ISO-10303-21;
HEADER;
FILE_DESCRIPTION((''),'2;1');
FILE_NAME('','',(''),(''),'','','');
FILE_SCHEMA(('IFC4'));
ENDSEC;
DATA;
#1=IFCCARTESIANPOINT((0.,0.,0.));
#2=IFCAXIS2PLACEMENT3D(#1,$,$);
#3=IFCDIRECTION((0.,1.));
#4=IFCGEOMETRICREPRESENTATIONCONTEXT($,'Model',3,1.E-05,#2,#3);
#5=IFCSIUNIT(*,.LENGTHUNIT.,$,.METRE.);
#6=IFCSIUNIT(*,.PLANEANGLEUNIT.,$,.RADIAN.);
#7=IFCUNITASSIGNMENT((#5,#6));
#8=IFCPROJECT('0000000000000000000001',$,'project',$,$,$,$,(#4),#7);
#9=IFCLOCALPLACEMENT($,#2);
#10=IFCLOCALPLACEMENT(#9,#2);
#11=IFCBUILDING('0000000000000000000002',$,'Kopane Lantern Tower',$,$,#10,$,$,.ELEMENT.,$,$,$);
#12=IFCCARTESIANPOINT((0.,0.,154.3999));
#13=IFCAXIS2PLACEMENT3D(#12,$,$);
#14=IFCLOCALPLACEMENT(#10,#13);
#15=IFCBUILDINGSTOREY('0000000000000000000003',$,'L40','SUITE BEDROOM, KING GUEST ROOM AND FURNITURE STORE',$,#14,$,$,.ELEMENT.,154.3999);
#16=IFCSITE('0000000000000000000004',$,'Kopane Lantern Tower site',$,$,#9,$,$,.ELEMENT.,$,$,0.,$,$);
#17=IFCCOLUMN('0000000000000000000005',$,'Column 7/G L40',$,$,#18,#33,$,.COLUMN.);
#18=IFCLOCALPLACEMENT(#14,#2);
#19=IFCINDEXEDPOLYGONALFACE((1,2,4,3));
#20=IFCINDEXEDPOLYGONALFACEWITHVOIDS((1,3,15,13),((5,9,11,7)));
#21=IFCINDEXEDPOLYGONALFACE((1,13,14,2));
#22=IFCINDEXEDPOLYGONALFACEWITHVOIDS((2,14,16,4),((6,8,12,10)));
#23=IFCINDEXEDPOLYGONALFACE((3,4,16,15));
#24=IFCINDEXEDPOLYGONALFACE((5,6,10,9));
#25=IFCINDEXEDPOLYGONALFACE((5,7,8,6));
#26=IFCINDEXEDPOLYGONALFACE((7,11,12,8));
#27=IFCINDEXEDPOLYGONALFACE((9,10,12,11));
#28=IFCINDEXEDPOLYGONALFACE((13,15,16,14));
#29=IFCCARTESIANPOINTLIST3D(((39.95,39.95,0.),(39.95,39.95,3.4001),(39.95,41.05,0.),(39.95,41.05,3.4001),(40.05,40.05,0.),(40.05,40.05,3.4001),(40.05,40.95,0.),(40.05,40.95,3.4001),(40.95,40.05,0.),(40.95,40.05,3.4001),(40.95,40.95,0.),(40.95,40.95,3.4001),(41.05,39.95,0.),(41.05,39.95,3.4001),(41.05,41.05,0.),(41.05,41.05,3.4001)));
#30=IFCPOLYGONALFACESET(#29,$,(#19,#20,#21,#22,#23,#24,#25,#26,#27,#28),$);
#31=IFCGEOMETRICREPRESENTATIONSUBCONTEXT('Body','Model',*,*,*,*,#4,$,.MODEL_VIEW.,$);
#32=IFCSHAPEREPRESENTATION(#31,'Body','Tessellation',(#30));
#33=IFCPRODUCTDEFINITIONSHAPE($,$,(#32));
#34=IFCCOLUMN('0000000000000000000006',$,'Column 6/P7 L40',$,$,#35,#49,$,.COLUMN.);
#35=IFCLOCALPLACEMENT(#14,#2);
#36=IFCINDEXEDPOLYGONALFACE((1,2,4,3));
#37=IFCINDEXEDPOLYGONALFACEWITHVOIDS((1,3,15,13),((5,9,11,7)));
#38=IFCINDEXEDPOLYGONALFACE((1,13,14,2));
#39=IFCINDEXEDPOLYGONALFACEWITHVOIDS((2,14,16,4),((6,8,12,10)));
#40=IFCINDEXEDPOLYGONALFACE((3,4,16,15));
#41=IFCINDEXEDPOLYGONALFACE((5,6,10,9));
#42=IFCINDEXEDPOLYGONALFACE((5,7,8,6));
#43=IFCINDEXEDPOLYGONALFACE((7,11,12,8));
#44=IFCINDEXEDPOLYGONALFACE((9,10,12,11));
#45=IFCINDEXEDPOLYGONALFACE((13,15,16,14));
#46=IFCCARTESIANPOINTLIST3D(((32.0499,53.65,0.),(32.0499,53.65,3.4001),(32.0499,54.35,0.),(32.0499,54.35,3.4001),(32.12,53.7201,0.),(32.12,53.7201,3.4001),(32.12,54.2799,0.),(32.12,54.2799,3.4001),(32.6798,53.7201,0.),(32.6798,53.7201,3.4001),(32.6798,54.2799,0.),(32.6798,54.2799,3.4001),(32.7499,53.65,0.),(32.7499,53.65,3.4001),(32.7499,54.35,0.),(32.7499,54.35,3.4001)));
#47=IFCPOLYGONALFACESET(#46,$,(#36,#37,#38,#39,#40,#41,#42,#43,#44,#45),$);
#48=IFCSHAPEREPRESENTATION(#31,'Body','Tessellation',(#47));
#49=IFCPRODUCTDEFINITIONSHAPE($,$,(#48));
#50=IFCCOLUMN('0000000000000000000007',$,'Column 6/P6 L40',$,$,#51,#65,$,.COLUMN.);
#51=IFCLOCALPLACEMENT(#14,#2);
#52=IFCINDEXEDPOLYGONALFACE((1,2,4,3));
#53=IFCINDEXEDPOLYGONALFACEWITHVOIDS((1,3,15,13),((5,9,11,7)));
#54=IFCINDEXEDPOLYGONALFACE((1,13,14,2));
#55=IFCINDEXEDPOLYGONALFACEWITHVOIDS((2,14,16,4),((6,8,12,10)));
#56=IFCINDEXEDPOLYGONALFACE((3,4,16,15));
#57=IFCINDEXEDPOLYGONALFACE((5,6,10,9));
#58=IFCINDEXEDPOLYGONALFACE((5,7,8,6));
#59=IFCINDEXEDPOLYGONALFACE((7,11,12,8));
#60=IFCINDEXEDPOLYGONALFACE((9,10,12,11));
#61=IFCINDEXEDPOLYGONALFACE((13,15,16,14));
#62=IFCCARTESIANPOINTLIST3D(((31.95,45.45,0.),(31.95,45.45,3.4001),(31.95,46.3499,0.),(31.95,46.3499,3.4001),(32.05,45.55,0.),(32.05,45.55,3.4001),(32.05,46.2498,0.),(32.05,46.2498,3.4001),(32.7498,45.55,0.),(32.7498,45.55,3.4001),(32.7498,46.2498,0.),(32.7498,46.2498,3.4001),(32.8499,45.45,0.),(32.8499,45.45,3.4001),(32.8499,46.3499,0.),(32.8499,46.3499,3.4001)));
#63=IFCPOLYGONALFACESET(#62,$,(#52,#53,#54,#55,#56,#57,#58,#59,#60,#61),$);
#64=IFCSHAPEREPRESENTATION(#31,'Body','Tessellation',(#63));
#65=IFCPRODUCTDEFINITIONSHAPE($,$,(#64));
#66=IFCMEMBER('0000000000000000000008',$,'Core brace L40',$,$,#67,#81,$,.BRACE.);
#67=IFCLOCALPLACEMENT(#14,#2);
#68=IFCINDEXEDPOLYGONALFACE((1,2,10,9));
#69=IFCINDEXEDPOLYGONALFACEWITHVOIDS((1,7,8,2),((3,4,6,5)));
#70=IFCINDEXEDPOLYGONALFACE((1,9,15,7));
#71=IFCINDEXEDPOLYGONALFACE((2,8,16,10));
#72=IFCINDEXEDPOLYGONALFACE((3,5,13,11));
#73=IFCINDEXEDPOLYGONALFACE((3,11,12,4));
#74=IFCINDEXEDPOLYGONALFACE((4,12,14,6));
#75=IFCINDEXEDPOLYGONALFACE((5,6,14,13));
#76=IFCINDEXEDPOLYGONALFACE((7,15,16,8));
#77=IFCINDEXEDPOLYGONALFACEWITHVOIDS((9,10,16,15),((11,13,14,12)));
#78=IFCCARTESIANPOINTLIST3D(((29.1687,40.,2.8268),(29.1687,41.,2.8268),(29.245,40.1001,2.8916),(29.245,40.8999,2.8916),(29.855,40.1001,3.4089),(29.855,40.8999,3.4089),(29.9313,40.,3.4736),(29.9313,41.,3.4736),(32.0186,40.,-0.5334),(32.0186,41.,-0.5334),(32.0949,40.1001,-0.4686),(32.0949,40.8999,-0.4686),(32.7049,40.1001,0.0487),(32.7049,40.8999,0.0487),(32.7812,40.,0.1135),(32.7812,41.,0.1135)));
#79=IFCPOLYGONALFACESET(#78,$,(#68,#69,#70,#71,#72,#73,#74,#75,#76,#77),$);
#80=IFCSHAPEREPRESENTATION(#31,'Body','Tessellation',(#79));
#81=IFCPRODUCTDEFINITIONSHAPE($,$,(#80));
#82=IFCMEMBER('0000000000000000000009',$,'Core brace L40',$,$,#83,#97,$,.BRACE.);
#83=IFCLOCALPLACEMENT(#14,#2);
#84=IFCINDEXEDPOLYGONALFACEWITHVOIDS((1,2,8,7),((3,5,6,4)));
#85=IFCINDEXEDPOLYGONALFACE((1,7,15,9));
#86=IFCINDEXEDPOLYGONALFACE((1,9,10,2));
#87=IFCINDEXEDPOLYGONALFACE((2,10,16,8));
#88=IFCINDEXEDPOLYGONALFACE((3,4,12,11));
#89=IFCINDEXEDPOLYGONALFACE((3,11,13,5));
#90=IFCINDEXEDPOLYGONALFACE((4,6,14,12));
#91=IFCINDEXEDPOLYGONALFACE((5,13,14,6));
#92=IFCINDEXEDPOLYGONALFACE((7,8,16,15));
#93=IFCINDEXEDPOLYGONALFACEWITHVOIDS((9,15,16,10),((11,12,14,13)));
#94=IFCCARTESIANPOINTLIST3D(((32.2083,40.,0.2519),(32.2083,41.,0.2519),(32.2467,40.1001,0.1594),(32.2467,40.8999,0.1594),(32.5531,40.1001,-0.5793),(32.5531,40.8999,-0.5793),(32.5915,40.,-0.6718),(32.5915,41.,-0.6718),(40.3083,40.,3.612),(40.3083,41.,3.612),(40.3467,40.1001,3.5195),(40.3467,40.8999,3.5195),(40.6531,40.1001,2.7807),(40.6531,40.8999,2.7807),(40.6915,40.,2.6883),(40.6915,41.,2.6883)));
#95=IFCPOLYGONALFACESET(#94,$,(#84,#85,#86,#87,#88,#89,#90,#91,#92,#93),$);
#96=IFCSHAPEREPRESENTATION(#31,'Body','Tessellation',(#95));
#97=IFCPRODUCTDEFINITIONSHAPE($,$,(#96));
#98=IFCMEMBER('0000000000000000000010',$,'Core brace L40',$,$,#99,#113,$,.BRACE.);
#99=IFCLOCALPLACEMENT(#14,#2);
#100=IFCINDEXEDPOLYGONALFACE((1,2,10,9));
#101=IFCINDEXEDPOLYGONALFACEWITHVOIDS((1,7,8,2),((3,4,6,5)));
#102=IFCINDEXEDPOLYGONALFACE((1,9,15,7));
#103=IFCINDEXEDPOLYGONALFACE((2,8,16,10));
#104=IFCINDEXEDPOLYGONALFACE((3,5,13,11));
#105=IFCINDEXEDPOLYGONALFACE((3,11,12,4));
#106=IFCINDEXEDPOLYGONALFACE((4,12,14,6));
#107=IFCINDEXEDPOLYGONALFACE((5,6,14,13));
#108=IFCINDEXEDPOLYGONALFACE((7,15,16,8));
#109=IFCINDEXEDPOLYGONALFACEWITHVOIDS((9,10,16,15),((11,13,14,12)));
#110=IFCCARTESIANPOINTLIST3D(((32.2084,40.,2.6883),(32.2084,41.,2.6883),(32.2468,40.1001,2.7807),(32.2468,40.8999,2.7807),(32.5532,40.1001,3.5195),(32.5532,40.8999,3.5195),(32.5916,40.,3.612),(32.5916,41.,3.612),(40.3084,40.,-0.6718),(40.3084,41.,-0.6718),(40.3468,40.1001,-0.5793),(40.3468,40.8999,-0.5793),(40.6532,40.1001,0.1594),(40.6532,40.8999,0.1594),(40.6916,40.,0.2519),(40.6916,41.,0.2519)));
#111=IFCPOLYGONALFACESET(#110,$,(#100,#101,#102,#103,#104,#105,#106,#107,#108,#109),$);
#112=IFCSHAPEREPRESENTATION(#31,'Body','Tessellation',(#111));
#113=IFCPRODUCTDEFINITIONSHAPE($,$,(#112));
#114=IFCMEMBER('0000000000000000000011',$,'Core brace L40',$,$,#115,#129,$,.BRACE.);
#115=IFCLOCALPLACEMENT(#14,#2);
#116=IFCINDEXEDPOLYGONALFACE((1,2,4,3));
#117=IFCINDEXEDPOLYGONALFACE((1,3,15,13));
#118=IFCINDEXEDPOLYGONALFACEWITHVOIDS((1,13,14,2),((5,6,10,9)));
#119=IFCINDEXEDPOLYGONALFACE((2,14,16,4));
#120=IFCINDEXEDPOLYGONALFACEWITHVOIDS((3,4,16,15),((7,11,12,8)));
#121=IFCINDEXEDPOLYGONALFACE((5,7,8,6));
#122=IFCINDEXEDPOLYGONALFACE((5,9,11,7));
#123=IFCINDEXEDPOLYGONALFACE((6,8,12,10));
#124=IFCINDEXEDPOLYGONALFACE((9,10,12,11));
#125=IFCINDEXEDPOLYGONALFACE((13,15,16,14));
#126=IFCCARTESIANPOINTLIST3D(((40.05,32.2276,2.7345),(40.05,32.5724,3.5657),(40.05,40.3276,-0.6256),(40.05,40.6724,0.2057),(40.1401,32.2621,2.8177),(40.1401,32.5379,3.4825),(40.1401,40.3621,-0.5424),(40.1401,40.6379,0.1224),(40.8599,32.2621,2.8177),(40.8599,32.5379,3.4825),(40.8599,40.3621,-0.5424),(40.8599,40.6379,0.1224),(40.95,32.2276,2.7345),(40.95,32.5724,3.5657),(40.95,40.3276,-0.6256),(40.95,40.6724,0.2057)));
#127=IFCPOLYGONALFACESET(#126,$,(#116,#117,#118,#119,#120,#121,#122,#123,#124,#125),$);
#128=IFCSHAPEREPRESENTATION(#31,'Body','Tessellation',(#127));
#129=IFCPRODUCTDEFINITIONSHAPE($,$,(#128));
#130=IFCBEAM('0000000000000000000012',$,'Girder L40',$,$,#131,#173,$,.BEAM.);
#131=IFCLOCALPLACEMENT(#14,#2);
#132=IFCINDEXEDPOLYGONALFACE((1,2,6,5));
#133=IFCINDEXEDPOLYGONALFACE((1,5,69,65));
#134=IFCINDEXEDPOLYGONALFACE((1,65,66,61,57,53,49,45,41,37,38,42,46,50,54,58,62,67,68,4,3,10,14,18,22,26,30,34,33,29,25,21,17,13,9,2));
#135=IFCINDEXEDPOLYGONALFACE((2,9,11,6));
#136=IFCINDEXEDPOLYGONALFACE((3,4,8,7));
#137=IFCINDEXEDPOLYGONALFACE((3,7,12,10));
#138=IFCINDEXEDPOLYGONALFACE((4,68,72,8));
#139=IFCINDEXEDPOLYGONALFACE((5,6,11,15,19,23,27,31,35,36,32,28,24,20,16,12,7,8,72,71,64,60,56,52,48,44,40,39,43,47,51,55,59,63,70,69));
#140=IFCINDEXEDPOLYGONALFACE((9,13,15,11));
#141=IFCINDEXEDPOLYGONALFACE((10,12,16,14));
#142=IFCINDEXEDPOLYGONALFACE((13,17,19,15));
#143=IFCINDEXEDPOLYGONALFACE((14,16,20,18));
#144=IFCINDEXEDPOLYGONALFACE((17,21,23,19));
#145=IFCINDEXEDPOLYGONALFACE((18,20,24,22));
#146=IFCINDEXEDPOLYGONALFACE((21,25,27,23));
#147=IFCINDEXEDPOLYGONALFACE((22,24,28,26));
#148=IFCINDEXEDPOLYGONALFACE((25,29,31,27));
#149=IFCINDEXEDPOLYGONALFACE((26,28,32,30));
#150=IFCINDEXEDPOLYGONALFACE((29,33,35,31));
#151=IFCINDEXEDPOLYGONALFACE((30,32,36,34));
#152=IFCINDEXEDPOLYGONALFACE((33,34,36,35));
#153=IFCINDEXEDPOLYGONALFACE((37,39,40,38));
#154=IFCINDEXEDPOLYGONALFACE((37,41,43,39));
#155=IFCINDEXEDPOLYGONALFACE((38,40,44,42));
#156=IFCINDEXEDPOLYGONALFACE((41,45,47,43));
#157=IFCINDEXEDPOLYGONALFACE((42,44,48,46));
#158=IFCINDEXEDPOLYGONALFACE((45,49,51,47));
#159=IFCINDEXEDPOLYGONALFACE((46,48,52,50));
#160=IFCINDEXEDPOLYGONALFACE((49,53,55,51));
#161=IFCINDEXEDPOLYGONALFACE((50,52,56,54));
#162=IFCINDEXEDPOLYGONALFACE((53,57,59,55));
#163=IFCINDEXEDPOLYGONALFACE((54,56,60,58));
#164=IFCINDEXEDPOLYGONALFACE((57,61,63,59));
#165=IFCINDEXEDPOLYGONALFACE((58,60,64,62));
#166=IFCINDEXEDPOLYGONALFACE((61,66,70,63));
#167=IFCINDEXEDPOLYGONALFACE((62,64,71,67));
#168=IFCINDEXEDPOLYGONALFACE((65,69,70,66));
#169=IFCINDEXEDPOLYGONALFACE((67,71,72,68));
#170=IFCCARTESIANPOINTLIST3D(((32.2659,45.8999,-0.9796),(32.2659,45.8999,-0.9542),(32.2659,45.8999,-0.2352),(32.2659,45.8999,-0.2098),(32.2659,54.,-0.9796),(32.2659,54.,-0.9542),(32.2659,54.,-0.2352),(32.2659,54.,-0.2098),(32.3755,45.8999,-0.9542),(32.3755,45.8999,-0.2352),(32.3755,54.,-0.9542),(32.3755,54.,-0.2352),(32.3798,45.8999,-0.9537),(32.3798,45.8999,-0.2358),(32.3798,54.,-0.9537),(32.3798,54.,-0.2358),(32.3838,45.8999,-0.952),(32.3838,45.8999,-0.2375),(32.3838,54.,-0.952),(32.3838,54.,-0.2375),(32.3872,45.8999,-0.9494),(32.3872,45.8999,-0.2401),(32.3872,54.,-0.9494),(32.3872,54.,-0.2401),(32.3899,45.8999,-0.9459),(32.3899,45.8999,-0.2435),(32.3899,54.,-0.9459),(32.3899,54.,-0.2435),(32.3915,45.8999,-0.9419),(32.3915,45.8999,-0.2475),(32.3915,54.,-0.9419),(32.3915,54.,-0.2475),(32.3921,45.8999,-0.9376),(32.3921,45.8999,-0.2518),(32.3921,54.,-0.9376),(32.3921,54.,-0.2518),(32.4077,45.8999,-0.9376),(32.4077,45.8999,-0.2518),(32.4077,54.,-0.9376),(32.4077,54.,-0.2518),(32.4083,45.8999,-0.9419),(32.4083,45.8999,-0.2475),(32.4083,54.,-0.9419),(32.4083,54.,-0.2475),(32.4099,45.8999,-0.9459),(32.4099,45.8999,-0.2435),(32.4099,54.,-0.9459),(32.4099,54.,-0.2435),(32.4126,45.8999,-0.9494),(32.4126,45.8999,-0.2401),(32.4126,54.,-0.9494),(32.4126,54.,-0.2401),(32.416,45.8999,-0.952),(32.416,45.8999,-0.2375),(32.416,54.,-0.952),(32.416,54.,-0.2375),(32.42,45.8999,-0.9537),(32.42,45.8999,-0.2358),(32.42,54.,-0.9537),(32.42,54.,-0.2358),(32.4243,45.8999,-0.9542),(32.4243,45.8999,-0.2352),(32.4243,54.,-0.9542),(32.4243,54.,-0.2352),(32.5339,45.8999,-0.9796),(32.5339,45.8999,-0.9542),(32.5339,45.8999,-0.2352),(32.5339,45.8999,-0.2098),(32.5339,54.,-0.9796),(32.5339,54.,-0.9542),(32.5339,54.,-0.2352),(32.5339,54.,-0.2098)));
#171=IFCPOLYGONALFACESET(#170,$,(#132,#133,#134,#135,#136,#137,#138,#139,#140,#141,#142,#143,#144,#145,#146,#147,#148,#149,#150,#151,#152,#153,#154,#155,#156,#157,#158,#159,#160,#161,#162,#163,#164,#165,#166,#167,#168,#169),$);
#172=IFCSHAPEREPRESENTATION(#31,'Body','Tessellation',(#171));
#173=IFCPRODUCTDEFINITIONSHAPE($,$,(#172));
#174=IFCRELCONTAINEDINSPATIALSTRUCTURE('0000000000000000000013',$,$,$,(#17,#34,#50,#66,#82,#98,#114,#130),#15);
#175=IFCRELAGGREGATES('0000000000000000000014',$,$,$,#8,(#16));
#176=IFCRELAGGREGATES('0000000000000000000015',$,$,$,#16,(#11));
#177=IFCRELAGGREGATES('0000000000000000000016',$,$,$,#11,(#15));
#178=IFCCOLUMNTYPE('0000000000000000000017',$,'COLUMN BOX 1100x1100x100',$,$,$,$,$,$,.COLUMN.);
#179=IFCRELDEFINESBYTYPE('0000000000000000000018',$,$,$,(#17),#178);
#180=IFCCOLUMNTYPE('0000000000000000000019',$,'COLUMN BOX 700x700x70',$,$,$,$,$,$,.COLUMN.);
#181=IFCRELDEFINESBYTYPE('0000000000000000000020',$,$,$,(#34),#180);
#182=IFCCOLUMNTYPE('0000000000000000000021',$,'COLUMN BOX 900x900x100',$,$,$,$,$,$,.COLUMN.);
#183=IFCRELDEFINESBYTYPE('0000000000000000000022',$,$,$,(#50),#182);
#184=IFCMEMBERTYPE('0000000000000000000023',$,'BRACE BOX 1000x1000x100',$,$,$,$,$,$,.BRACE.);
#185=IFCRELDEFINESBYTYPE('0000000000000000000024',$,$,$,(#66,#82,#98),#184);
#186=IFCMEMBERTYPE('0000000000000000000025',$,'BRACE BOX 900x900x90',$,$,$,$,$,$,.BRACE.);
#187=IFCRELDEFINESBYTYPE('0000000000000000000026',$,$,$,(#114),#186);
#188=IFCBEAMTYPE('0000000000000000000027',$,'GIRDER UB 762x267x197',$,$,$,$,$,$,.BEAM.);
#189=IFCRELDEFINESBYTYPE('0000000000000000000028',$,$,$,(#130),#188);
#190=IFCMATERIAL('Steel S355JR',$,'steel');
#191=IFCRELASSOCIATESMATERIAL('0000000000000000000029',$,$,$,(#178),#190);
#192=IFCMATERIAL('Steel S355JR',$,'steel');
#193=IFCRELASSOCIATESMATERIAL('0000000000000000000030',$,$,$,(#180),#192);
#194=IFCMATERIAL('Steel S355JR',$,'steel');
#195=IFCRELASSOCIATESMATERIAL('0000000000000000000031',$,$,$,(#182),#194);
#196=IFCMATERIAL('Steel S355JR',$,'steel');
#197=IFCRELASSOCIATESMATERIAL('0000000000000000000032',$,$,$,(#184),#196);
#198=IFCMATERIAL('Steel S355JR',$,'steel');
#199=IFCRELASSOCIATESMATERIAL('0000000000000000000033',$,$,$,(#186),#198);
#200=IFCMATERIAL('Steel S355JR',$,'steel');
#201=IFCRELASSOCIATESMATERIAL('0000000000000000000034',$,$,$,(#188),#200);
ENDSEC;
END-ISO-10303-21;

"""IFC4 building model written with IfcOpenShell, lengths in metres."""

from ifc_helpers import new_model, si_unit, direction, frame, origin, origin_2d, place, context, subcontext, project, spatial, hollow_rectangle, i_section, extrude, material, material_profile, profile_set, type_object, element, save


model = new_model("IFC4")

# Units and contexts
model_context = context("Model", 3, precision=1e-05, world=origin(), true_north=direction((0.0, 1.0)))
body_context = subcontext(model_context, "Body", "Model", "MODEL_VIEW")
ifc_project = project(units=[si_unit("LENGTHUNIT", "METRE"), si_unit("PLANEANGLEUNIT", "RADIAN")], contexts=[model_context])

# Site, building, storey
site_placement = place(None, origin())
site = spatial("IfcSite", under=ifc_project, at=site_placement, Name="Kopane Lantern Tower site", CompositionType="ELEMENT", RefElevation=0.0)
building_placement = place(site_placement, origin())
building = spatial("IfcBuilding", under=site, at=building_placement, Name="Kopane Lantern Tower", CompositionType="ELEMENT")
storey_placement = place(building_placement, frame((0.0, 0.0, 154.3999)))
storey = spatial("IfcBuildingStorey", under=building, at=storey_placement, Name="L40", Description="SUITE BEDROOM, KING GUEST ROOM AND FURNITURE STORE", CompositionType="ELEMENT", Elevation=154.3999)

# Columns
ifc_material_1 = material(Name="Steel S355JR", Category="steel")
ifc_material_profile_1 = material_profile(ifc_material_1, hollow_rectangle(XDim=1.1001, YDim=1.1001, WallThickness=0.1001, at=origin_2d()), Name="BOX 1100x1100x100")
ifc_profile_set_1 = profile_set([ifc_material_profile_1], Name="Steel S355JR")
column_type_1 = type_object("IfcColumnType", Name="COLUMN BOX 1100x1100x100", PredefinedType="COLUMN", material=ifc_profile_set_1)
column_1_placement = place(storey_placement, frame((40.5, 40.5, 0.0), z_axis=(0.0, 0.0, 1.0), x_axis=(1.0, 0.0, 0.0)))
element("IfcColumn", 1, at=column_1_placement, inside=storey, type_object=column_type_1, Name="Column 7/G L40", PredefinedType="COLUMN", context=body_context, shape_type="SweptSolid", body=[
    extrude(hollow_rectangle(XDim=1.1001, YDim=1.1001, WallThickness=0.1001, at=origin_2d()), origin(), (0.0, 0.0, 1.0), 3.4001),
])
ifc_material_2 = material(Name="Steel S355JR", Category="steel")
ifc_material_profile_2 = material_profile(ifc_material_2, hollow_rectangle(XDim=0.7, YDim=0.7, WallThickness=0.0701, at=origin_2d()), Name="BOX 700x700x70")
ifc_profile_set_2 = profile_set([ifc_material_profile_2], Name="Steel S355JR")
column_type_2 = type_object("IfcColumnType", Name="COLUMN BOX 700x700x70", PredefinedType="COLUMN", material=ifc_profile_set_2)
column_2_placement = place(storey_placement, frame((32.3999, 54.0, 0.0), z_axis=(0.0, 0.0, 1.0), x_axis=(1.0, 0.0, 0.0)))
element("IfcColumn", 2, at=column_2_placement, inside=storey, type_object=column_type_2, Name="Column 6/P7 L40", PredefinedType="COLUMN", context=body_context, shape_type="SweptSolid", body=[
    extrude(hollow_rectangle(XDim=0.7, YDim=0.7, WallThickness=0.0701, at=origin_2d()), origin(), (0.0, 0.0, 1.0), 3.4001),
])
ifc_material_3 = material(Name="Steel S355JR", Category="steel")
ifc_material_profile_3 = material_profile(ifc_material_3, hollow_rectangle(XDim=0.8999, YDim=0.8999, WallThickness=0.1001, at=origin_2d()), Name="BOX 900x900x100")
ifc_profile_set_3 = profile_set([ifc_material_profile_3], Name="Steel S355JR")
column_type_3 = type_object("IfcColumnType", Name="COLUMN BOX 900x900x100", PredefinedType="COLUMN", material=ifc_profile_set_3)
column_3_placement = place(storey_placement, frame((32.3999, 45.8999, 0.0), z_axis=(0.0, 0.0, 1.0), x_axis=(1.0, 0.0, 0.0)))
element("IfcColumn", 3, at=column_3_placement, inside=storey, type_object=column_type_3, Name="Column 6/P6 L40", PredefinedType="COLUMN", context=body_context, shape_type="SweptSolid", body=[
    extrude(hollow_rectangle(XDim=0.8999, YDim=0.8999, WallThickness=0.1001, at=origin_2d()), origin(), (0.0, 0.0, 1.0), 3.4001),
])

# Members
ifc_material_4 = material(Name="Steel S355JR", Category="steel")
ifc_material_profile_4 = material_profile(ifc_material_4, hollow_rectangle(XDim=1.0, YDim=1.0, WallThickness=0.1001, at=origin_2d()), Name="BOX 1000x1000x100")
ifc_profile_set_4 = profile_set([ifc_material_profile_4], Name="Steel S355JR")
member_type_1 = type_object("IfcMemberType", Name="BRACE BOX 1000x1000x100", PredefinedType="BRACE", material=ifc_profile_set_4)
member_1_placement = place(storey_placement, frame((32.3999, 40.5, -0.21), z_axis=(-0.646826, 0.0, 0.762638), x_axis=(0.0, -1.0, 0.0)))
element("IfcMember", 4, at=member_1_placement, inside=storey, type_object=member_type_1, Name="Core brace L40", PredefinedType="BRACE", context=body_context, shape_type="SweptSolid", body=[
    extrude(hollow_rectangle(XDim=1.0, YDim=1.0, WallThickness=0.1001, at=origin_2d()), origin(), (0.0, 0.0, 1.0), 4.406),
])
for number, where, z_axis, x_axis, name in (
    (5, (32.3999, 40.5, -0.21), (0.92368, 0.0, 0.383164), (0.0, 1.0, 0.0), "Core brace L40"),
    (6, (40.5, 40.5, -0.21), (-0.92368, 0.0, 0.383164), (0.0, -1.0, 0.0), "Core brace L40"),
):
    element("IfcMember", number, at=place(storey_placement, frame(where, z_axis=z_axis, x_axis=x_axis)), inside=storey, type_object=member_type_1, Name=name, PredefinedType="BRACE", context=body_context, shape_type="SweptSolid", body=[
        extrude(hollow_rectangle(XDim=1.0, YDim=1.0, WallThickness=0.1001, at=origin_2d()), origin(), (0.0, 0.0, 1.0), 8.7693),
    ])
ifc_material_5 = material(Name="Steel S355JR", Category="steel")
ifc_material_profile_5 = material_profile(ifc_material_5, hollow_rectangle(XDim=0.8999, YDim=0.8999, WallThickness=0.0901, at=origin_2d()), Name="BOX 900x900x90")
ifc_profile_set_5 = profile_set([ifc_material_profile_5], Name="Steel S355JR")
member_type_2 = type_object("IfcMemberType", Name="BRACE BOX 900x900x90", PredefinedType="BRACE", material=ifc_profile_set_5)
member_2_placement = place(storey_placement, frame((40.5, 40.5, -0.21), z_axis=(0.0, -0.92368, 0.383164), x_axis=(1.0, 0.0, 0.0)))
element("IfcMember", 7, at=member_2_placement, inside=storey, type_object=member_type_2, Name="Core brace L40", PredefinedType="BRACE", context=body_context, shape_type="SweptSolid", body=[
    extrude(hollow_rectangle(XDim=0.8999, YDim=0.8999, WallThickness=0.0901, at=origin_2d()), origin(), (0.0, 0.0, 1.0), 8.7693),
])

# Beam
ifc_material_6 = material(Name="Steel S355JR", Category="steel")
ifc_material_profile_6 = material_profile(ifc_material_6, i_section(OverallWidth=0.2681, OverallDepth=0.7698, WebThickness=0.0156, FlangeThickness=0.0254, FilletRadius=0.0166, at=origin_2d()), Name="UB 762x267x197")
ifc_profile_set_6 = profile_set([ifc_material_profile_6], Name="Steel S355JR")
beam_type = type_object("IfcBeamType", Name="GIRDER UB 762x267x197", PredefinedType="BEAM", material=ifc_profile_set_6)
for number, where, z_axis, x_axis, name in (
    (8, (32.3999, 45.8999, -0.5947), (0.0, 1.0, 0.0), (-1.0, 0.0, 0.0), "Girder L40"),
):
    element("IfcBeam", number, at=place(storey_placement, frame(where, z_axis=z_axis, x_axis=x_axis)), inside=storey, type_object=beam_type, Name=name, PredefinedType="BEAM", context=body_context, shape_type="SweptSolid", body=[
        extrude(i_section(OverallWidth=0.2681, OverallDepth=0.7698, WebThickness=0.0156, FlangeThickness=0.0254, FilletRadius=0.0166, at=origin_2d()), origin(), (0.0, 0.0, 1.0), 8.1001),
    ])

save(model, "model.ifc")
